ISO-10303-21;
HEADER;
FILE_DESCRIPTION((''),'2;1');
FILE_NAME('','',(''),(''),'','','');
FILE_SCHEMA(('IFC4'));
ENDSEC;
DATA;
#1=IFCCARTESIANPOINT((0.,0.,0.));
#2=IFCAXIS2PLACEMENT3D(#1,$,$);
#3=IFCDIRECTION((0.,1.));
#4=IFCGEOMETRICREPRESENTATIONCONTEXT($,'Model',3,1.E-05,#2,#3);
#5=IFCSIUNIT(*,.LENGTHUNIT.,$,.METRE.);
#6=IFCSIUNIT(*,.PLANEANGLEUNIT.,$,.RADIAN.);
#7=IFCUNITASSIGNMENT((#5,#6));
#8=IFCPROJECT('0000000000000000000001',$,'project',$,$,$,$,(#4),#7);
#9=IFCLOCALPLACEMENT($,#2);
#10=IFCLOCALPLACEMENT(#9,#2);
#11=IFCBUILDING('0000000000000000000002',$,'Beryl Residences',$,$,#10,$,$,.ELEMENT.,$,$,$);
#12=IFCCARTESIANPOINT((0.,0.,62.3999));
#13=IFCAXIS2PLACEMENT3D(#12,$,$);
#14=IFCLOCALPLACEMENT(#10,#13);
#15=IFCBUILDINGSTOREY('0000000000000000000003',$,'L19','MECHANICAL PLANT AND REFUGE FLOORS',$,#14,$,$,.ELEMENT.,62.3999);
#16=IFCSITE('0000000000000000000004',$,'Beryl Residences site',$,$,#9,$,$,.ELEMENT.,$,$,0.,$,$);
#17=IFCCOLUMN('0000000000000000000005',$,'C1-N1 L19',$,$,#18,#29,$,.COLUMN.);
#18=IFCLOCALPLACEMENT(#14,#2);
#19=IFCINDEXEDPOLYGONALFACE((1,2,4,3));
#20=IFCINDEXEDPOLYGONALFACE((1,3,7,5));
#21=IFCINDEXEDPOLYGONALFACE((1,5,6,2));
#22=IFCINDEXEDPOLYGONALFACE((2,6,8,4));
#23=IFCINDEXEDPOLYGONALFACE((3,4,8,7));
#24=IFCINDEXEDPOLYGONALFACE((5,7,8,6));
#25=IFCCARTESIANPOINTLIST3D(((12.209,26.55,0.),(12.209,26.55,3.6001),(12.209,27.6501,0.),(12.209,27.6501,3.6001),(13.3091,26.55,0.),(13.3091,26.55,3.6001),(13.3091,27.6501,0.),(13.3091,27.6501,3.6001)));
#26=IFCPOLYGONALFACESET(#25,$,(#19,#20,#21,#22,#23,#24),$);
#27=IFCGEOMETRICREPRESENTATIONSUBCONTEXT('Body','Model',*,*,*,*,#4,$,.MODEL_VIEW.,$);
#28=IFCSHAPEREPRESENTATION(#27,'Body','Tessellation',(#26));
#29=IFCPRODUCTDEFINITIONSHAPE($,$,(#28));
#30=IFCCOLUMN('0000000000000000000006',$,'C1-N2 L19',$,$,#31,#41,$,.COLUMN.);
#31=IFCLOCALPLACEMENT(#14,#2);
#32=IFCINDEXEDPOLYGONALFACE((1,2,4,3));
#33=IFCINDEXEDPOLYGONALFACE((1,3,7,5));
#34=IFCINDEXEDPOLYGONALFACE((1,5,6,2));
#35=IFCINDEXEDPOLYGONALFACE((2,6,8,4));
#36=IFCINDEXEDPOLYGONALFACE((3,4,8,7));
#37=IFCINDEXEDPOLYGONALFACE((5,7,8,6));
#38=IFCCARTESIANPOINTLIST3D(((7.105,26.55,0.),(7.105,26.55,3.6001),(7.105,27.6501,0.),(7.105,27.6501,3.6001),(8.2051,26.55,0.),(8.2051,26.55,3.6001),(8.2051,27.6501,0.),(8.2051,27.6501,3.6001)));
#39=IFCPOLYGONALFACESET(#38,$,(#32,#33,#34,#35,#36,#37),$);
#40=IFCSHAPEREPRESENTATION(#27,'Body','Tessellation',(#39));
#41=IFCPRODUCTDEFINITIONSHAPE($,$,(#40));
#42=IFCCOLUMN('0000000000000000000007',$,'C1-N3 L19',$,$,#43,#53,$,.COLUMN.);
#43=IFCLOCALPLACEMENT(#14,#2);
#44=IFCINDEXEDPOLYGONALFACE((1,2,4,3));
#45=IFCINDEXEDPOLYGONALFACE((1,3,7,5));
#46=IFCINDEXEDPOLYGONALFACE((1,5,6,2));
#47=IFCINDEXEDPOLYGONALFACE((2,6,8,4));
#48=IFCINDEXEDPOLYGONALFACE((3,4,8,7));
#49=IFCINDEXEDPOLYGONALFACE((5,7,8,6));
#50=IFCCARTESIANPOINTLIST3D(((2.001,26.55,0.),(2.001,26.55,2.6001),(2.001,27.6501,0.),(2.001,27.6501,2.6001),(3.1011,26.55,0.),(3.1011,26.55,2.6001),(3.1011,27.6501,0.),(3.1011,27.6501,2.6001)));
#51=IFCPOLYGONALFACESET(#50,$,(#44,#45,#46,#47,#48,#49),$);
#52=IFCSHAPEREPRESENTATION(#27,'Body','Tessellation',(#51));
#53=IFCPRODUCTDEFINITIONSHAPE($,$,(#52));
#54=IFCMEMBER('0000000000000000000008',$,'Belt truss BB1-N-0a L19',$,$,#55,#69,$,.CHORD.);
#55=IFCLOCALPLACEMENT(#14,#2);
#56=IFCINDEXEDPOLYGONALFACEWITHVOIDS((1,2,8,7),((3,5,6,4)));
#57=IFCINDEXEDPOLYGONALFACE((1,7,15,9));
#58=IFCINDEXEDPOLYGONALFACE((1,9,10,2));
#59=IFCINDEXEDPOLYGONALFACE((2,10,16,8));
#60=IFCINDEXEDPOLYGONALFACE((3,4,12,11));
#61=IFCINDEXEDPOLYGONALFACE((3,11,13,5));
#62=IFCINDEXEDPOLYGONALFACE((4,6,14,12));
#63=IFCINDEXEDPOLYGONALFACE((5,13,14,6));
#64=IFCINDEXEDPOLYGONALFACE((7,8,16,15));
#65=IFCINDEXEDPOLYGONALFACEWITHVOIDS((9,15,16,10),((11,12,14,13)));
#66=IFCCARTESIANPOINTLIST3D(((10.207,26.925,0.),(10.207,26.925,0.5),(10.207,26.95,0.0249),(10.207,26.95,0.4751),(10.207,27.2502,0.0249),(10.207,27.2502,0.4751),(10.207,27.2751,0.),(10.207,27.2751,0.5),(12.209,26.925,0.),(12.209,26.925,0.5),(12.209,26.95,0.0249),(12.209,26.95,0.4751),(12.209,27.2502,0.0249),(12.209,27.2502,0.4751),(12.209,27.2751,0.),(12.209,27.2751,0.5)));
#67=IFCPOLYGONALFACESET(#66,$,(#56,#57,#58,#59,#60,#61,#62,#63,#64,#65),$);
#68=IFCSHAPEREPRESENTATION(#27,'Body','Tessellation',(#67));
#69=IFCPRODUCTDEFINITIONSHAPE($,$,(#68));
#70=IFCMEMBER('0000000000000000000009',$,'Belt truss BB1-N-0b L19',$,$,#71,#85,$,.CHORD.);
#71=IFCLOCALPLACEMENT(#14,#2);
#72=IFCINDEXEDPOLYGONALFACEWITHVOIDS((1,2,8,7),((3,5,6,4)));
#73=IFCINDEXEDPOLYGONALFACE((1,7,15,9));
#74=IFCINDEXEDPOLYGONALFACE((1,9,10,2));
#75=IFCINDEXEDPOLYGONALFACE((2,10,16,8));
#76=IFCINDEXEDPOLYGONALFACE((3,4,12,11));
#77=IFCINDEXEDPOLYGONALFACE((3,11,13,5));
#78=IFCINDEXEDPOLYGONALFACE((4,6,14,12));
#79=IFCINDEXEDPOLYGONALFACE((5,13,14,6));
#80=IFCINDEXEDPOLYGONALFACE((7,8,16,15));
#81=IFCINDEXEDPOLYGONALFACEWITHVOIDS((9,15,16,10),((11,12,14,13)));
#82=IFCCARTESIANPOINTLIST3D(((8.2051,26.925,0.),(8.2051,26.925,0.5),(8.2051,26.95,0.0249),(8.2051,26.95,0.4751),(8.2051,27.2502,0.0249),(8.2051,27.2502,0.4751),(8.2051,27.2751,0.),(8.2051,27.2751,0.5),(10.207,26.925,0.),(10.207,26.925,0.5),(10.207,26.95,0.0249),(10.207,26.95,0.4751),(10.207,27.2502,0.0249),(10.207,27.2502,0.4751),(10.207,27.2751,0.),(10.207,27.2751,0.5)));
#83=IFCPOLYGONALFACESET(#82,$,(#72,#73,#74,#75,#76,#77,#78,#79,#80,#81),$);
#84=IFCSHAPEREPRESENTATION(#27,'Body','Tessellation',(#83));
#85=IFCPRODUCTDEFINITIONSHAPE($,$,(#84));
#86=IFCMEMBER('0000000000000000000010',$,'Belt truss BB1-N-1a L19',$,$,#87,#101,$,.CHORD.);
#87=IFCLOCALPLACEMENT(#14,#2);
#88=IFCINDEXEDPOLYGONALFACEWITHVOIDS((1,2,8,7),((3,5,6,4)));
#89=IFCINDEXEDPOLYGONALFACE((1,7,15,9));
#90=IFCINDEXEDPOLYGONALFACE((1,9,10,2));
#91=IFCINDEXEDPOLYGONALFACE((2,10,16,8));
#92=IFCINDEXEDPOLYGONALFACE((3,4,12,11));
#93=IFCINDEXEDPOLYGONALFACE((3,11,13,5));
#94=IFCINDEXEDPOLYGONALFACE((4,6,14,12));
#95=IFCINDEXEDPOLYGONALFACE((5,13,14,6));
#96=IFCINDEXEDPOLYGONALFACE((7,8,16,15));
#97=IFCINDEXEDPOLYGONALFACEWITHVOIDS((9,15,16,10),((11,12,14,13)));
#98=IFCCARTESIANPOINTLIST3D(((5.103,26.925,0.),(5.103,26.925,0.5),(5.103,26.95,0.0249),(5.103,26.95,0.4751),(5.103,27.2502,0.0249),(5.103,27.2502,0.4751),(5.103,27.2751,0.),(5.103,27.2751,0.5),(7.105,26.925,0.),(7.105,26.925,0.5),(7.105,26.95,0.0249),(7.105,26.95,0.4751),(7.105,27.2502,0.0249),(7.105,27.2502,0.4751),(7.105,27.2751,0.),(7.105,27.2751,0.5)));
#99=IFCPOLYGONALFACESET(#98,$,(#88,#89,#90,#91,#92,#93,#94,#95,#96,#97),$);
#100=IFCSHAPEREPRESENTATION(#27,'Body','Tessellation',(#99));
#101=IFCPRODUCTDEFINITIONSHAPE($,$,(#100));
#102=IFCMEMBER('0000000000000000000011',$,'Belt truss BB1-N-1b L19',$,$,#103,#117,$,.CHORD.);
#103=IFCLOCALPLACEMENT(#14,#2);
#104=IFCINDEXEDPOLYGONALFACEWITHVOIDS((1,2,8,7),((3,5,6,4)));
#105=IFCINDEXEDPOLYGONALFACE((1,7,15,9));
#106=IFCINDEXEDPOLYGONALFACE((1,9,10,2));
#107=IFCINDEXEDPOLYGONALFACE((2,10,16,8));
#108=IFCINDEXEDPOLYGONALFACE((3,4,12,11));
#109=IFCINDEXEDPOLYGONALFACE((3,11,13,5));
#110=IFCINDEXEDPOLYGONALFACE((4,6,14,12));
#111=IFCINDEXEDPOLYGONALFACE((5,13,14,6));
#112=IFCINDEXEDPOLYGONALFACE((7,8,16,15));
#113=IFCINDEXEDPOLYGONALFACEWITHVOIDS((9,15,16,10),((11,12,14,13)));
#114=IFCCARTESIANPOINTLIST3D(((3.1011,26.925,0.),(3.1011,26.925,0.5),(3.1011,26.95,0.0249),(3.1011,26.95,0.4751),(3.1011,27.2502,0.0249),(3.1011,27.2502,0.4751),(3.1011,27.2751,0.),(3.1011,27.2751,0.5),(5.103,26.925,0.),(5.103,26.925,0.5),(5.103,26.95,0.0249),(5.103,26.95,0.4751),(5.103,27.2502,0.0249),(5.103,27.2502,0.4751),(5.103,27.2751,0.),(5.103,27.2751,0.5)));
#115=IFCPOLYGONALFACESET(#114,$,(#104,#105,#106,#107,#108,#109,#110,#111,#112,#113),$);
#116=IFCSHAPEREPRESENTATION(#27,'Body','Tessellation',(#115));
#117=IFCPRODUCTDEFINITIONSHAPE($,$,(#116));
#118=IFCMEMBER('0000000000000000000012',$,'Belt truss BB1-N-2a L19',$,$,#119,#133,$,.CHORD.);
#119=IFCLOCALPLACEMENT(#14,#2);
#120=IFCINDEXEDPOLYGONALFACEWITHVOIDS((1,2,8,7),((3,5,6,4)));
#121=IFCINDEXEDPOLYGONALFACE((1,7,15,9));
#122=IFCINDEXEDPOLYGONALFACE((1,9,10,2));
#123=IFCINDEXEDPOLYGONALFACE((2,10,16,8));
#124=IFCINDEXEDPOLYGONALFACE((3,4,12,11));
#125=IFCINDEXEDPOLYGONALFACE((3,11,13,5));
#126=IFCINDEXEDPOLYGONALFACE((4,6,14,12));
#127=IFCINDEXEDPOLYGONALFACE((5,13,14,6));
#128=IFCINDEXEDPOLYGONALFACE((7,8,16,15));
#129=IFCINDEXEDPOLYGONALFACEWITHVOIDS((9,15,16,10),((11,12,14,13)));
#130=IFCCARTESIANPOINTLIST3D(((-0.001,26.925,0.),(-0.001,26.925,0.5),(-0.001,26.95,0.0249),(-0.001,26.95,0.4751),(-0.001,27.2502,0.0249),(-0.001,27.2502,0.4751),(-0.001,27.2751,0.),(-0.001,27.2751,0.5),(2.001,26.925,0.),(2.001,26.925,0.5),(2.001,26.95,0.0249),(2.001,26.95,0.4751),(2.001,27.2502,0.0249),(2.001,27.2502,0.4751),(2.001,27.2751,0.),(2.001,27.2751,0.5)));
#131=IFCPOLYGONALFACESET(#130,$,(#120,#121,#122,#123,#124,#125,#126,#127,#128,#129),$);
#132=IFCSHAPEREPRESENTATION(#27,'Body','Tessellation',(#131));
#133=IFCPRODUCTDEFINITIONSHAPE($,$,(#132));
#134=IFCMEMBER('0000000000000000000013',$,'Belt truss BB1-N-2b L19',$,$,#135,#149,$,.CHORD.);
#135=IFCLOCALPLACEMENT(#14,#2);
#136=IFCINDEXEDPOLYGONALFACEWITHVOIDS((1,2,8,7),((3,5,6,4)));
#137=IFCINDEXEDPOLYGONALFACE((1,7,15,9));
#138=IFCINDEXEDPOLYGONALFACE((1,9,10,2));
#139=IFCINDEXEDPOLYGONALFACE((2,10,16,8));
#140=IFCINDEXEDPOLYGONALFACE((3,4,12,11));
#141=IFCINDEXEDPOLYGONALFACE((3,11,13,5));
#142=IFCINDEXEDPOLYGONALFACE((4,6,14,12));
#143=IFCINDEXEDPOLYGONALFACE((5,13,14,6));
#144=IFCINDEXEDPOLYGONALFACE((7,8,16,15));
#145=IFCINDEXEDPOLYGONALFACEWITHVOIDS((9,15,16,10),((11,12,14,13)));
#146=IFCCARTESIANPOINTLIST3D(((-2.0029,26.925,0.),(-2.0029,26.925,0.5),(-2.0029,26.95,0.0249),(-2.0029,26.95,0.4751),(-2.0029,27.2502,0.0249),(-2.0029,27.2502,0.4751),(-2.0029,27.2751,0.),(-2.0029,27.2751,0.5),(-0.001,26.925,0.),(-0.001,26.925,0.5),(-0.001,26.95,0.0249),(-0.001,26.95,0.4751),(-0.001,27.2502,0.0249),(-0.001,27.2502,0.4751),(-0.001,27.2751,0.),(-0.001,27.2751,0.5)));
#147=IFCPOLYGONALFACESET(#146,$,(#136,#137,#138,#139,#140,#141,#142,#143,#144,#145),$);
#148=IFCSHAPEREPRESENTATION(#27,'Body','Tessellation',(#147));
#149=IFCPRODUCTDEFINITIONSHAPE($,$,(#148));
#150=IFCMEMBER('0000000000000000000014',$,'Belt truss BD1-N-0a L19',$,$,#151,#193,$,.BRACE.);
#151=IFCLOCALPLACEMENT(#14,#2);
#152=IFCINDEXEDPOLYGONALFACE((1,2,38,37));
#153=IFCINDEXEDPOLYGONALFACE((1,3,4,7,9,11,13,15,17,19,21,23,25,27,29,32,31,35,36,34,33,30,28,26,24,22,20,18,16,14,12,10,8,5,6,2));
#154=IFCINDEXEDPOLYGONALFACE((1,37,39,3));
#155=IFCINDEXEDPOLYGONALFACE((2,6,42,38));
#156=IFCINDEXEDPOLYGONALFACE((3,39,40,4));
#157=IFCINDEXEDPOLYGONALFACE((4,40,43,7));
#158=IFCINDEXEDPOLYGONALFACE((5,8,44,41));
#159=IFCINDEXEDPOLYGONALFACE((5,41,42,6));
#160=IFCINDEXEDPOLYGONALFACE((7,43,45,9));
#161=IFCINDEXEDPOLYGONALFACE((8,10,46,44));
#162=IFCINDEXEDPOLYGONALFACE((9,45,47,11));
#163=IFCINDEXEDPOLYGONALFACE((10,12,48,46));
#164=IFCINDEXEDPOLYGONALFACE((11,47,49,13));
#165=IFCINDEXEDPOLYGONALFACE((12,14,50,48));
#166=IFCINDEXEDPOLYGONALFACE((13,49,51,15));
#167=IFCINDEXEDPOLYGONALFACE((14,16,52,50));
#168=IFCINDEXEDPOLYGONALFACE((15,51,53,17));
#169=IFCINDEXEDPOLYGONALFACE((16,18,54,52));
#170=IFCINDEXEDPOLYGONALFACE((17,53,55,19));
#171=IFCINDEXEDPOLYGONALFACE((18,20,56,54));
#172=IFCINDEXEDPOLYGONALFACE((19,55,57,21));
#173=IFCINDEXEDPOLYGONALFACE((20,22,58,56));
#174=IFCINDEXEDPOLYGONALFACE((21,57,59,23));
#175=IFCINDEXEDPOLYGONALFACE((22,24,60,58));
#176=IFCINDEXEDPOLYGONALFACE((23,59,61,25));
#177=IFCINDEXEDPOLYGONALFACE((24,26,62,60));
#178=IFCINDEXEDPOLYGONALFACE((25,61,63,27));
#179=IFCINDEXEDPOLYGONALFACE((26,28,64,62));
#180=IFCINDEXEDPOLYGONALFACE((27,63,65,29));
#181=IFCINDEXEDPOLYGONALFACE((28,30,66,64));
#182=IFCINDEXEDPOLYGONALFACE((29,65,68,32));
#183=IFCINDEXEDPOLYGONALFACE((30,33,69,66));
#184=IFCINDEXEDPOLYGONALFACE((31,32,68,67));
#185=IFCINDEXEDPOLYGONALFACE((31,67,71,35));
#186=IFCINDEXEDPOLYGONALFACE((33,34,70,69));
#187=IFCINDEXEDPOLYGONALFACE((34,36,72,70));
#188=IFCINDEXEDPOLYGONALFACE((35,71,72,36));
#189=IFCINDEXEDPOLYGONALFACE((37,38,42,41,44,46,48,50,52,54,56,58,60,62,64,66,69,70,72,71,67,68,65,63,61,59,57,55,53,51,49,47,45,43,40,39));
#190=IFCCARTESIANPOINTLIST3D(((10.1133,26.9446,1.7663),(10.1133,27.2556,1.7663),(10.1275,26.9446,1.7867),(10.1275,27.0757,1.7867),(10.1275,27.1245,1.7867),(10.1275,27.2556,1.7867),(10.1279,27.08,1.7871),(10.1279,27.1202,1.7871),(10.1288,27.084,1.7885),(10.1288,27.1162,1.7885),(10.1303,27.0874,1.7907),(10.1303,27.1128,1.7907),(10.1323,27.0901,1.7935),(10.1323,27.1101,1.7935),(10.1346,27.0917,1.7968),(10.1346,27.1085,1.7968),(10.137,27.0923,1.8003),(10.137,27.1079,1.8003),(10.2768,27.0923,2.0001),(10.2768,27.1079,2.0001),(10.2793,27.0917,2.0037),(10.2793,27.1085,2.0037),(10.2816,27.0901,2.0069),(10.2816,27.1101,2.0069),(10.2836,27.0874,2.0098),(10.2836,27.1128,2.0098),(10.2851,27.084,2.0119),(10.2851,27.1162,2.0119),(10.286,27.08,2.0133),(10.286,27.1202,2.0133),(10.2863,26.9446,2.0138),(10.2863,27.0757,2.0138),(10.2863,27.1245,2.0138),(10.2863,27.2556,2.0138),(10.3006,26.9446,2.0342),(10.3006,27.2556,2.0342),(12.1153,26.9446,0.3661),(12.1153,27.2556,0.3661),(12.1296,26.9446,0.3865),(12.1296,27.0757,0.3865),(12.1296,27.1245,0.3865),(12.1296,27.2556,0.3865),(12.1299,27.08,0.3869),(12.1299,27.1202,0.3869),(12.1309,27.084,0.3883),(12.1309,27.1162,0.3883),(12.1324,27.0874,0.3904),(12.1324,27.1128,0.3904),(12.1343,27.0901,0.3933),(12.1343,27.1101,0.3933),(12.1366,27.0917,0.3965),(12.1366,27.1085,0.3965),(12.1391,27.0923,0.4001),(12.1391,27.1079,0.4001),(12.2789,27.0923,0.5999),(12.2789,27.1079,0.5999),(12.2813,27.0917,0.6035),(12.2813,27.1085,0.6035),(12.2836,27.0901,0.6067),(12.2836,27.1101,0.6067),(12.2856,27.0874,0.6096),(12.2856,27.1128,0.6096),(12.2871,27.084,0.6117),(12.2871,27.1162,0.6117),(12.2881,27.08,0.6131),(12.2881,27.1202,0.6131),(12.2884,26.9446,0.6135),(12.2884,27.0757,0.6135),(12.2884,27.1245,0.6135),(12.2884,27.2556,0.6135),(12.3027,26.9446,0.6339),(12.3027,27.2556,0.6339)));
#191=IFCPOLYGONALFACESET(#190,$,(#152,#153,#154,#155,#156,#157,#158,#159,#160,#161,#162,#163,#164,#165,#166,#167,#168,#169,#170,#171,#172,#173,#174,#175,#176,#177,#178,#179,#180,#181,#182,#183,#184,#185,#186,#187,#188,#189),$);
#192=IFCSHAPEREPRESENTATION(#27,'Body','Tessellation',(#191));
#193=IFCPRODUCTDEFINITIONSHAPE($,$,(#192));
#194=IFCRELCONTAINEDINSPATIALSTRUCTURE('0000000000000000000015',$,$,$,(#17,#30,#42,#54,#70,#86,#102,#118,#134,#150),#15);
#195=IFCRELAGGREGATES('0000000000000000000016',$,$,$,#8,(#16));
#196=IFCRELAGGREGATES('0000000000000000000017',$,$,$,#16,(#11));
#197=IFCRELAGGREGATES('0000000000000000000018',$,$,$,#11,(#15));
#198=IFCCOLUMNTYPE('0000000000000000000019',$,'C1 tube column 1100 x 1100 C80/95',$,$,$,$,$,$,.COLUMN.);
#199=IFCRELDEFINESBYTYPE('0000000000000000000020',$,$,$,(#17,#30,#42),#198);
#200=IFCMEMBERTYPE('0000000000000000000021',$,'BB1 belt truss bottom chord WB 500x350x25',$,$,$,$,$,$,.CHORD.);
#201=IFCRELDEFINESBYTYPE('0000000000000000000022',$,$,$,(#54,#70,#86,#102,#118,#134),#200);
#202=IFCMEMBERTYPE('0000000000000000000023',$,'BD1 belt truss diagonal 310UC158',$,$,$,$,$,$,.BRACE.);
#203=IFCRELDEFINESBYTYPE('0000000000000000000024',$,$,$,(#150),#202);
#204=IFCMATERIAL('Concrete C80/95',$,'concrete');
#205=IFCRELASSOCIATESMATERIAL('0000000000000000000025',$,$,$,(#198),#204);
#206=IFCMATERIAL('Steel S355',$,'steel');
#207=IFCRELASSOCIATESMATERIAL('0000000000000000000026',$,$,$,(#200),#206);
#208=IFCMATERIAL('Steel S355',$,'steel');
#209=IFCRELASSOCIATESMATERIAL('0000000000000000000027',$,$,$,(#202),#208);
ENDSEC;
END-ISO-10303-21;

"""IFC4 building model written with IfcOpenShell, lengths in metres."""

from ifc_helpers import new_model, si_unit, direction, frame, origin, origin_2d, place, context, subcontext, project, spatial, rectangle, hollow_rectangle, i_section, extrude, material, material_profile, profile_set, type_object, element, save


model = new_model("IFC4")

# Units and contexts
model_context = context("Model", 3, precision=1e-05, world=origin(), true_north=direction((0.0, 1.0)))
body_context = subcontext(model_context, "Body", "Model", "MODEL_VIEW")
ifc_project = project(units=[si_unit("LENGTHUNIT", "METRE"), si_unit("PLANEANGLEUNIT", "RADIAN")], contexts=[model_context])

# Site, building, storey
site_placement = place(None, origin())
site = spatial("IfcSite", under=ifc_project, at=site_placement, Name="Beryl Residences site", CompositionType="ELEMENT", RefElevation=0.0)
building_placement = place(site_placement, origin())
building = spatial("IfcBuilding", under=site, at=building_placement, Name="Beryl Residences", CompositionType="ELEMENT")
storey_placement = place(building_placement, frame((0.0, 0.0, 62.3999)))
storey = spatial("IfcBuildingStorey", under=building, at=storey_placement, Name="L19", Description="MECHANICAL PLANT AND REFUGE FLOORS", CompositionType="ELEMENT", Elevation=62.3999)

# Columns
ifc_material_1 = material(Name="Concrete C80/95", Category="concrete")
ifc_material_profile_1 = material_profile(ifc_material_1, rectangle(XDim=1.1001, YDim=1.1001, at=origin_2d()))
ifc_profile_set_1 = profile_set([ifc_material_profile_1], Name="Concrete C80/95")
column_type = type_object("IfcColumnType", Name="C1 tube column 1100 x 1100 C80/95", PredefinedType="COLUMN", material=ifc_profile_set_1)
for number, where, z_axis, x_axis, name in (
    (1, (12.759, 27.1001, 0.0), (0.0, 0.0, 1.0), (-1.0, 0.0, 0.0), "C1-N1 L19"),
    (2, (7.655, 27.1001, 0.0), (0.0, 0.0, 1.0), (-1.0, 0.0, 0.0), "C1-N2 L19"),
):
    element("IfcColumn", number, at=place(storey_placement, frame(where, z_axis=z_axis, x_axis=x_axis)), inside=storey, type_object=column_type, Name=name, PredefinedType="COLUMN", context=body_context, shape_type="SweptSolid", body=[
        extrude(rectangle(XDim=1.1001, YDim=1.1001, at=origin_2d()), origin(), (0.0, 0.0, 1.0), 3.6001),
    ])
column_placement = place(storey_placement, frame((2.551, 27.1001, 0.0), z_axis=(0.0, 0.0, 1.0), x_axis=(-1.0, 0.0, 0.0)))
element("IfcColumn", 3, at=column_placement, inside=storey, type_object=column_type, Name="C1-N3 L19", PredefinedType="COLUMN", context=body_context, shape_type="SweptSolid", body=[
    extrude(rectangle(XDim=1.1001, YDim=1.1001, at=origin_2d()), origin(), (0.0, 0.0, 1.0), 2.6001),
])

# Members
ifc_material_2 = material(Name="Steel S355", Category="steel")
ifc_material_profile_2 = material_profile(ifc_material_2, hollow_rectangle(XDim=0.3501, YDim=0.5, WallThickness=0.0249, at=origin_2d()))
ifc_profile_set_2 = profile_set([ifc_material_profile_2], Name="Steel S355")
member_type_1 = type_object("IfcMemberType", Name="BB1 belt truss bottom chord WB 500x350x25", PredefinedType="CHORD", material=ifc_profile_set_2)
for number, where, z_axis, x_axis, name in (
    (4, (12.209, 27.1001, 0.25), (-1.0, 0.0, 0.0), (0.0, -1.0, 0.0), "Belt truss BB1-N-0a L19"),
    (5, (10.207, 27.1001, 0.25), (-1.0, 0.0, 0.0), (0.0, -1.0, 0.0), "Belt truss BB1-N-0b L19"),
    (6, (7.105, 27.1001, 0.25), (-1.0, 0.0, 0.0), (0.0, -1.0, 0.0), "Belt truss BB1-N-1a L19"),
    (7, (5.103, 27.1001, 0.25), (-1.0, 0.0, 0.0), (0.0, -1.0, 0.0), "Belt truss BB1-N-1b L19"),
    (8, (2.001, 27.1001, 0.25), (-1.0, 0.0, 0.0), (0.0, -1.0, 0.0), "Belt truss BB1-N-2a L19"),
    (9, (-0.001, 27.1001, 0.25), (-1.0, 0.0, 0.0), (0.0, -1.0, 0.0), "Belt truss BB1-N-2b L19"),
):
    element("IfcMember", number, at=place(storey_placement, frame(where, z_axis=z_axis, x_axis=x_axis)), inside=storey, type_object=member_type_1, Name=name, PredefinedType="CHORD", context=body_context, shape_type="SweptSolid", body=[
        extrude(hollow_rectangle(XDim=0.3501, YDim=0.5, WallThickness=0.0249, at=origin_2d()), origin(), (0.0, 0.0, 1.0), 2.002),
    ])
ifc_material_3 = material(Name="Steel S355", Category="steel")
ifc_material_profile_3 = material_profile(ifc_material_3, i_section(OverallWidth=0.311, OverallDepth=0.3269, WebThickness=0.0156, FlangeThickness=0.0249, FilletRadius=0.0166, at=origin_2d()))
ifc_profile_set_3 = profile_set([ifc_material_profile_3], Name="Steel S355")
member_type_2 = type_object("IfcMemberType", Name="BD1 belt truss diagonal 310UC158", PredefinedType="BRACE", material=ifc_profile_set_3)
for number, where, z_axis, x_axis, name in (
    (10, (12.209, 27.1001, 0.5), (-0.819467, 0.0, 0.573127), (0.0, -1.0, 0.0), "Belt truss BD1-N-0a L19"),
):
    element("IfcMember", number, at=place(storey_placement, frame(where, z_axis=z_axis, x_axis=x_axis)), inside=storey, type_object=member_type_2, Name=name, PredefinedType="BRACE", context=body_context, shape_type="SweptSolid", body=[
        extrude(i_section(OverallWidth=0.311, OverallDepth=0.3269, WebThickness=0.0156, FlangeThickness=0.0249, FilletRadius=0.0166, at=origin_2d()), origin(), (0.0, 0.0, 1.0), 2.4431),
    ])

save(model, "model.ifc")
